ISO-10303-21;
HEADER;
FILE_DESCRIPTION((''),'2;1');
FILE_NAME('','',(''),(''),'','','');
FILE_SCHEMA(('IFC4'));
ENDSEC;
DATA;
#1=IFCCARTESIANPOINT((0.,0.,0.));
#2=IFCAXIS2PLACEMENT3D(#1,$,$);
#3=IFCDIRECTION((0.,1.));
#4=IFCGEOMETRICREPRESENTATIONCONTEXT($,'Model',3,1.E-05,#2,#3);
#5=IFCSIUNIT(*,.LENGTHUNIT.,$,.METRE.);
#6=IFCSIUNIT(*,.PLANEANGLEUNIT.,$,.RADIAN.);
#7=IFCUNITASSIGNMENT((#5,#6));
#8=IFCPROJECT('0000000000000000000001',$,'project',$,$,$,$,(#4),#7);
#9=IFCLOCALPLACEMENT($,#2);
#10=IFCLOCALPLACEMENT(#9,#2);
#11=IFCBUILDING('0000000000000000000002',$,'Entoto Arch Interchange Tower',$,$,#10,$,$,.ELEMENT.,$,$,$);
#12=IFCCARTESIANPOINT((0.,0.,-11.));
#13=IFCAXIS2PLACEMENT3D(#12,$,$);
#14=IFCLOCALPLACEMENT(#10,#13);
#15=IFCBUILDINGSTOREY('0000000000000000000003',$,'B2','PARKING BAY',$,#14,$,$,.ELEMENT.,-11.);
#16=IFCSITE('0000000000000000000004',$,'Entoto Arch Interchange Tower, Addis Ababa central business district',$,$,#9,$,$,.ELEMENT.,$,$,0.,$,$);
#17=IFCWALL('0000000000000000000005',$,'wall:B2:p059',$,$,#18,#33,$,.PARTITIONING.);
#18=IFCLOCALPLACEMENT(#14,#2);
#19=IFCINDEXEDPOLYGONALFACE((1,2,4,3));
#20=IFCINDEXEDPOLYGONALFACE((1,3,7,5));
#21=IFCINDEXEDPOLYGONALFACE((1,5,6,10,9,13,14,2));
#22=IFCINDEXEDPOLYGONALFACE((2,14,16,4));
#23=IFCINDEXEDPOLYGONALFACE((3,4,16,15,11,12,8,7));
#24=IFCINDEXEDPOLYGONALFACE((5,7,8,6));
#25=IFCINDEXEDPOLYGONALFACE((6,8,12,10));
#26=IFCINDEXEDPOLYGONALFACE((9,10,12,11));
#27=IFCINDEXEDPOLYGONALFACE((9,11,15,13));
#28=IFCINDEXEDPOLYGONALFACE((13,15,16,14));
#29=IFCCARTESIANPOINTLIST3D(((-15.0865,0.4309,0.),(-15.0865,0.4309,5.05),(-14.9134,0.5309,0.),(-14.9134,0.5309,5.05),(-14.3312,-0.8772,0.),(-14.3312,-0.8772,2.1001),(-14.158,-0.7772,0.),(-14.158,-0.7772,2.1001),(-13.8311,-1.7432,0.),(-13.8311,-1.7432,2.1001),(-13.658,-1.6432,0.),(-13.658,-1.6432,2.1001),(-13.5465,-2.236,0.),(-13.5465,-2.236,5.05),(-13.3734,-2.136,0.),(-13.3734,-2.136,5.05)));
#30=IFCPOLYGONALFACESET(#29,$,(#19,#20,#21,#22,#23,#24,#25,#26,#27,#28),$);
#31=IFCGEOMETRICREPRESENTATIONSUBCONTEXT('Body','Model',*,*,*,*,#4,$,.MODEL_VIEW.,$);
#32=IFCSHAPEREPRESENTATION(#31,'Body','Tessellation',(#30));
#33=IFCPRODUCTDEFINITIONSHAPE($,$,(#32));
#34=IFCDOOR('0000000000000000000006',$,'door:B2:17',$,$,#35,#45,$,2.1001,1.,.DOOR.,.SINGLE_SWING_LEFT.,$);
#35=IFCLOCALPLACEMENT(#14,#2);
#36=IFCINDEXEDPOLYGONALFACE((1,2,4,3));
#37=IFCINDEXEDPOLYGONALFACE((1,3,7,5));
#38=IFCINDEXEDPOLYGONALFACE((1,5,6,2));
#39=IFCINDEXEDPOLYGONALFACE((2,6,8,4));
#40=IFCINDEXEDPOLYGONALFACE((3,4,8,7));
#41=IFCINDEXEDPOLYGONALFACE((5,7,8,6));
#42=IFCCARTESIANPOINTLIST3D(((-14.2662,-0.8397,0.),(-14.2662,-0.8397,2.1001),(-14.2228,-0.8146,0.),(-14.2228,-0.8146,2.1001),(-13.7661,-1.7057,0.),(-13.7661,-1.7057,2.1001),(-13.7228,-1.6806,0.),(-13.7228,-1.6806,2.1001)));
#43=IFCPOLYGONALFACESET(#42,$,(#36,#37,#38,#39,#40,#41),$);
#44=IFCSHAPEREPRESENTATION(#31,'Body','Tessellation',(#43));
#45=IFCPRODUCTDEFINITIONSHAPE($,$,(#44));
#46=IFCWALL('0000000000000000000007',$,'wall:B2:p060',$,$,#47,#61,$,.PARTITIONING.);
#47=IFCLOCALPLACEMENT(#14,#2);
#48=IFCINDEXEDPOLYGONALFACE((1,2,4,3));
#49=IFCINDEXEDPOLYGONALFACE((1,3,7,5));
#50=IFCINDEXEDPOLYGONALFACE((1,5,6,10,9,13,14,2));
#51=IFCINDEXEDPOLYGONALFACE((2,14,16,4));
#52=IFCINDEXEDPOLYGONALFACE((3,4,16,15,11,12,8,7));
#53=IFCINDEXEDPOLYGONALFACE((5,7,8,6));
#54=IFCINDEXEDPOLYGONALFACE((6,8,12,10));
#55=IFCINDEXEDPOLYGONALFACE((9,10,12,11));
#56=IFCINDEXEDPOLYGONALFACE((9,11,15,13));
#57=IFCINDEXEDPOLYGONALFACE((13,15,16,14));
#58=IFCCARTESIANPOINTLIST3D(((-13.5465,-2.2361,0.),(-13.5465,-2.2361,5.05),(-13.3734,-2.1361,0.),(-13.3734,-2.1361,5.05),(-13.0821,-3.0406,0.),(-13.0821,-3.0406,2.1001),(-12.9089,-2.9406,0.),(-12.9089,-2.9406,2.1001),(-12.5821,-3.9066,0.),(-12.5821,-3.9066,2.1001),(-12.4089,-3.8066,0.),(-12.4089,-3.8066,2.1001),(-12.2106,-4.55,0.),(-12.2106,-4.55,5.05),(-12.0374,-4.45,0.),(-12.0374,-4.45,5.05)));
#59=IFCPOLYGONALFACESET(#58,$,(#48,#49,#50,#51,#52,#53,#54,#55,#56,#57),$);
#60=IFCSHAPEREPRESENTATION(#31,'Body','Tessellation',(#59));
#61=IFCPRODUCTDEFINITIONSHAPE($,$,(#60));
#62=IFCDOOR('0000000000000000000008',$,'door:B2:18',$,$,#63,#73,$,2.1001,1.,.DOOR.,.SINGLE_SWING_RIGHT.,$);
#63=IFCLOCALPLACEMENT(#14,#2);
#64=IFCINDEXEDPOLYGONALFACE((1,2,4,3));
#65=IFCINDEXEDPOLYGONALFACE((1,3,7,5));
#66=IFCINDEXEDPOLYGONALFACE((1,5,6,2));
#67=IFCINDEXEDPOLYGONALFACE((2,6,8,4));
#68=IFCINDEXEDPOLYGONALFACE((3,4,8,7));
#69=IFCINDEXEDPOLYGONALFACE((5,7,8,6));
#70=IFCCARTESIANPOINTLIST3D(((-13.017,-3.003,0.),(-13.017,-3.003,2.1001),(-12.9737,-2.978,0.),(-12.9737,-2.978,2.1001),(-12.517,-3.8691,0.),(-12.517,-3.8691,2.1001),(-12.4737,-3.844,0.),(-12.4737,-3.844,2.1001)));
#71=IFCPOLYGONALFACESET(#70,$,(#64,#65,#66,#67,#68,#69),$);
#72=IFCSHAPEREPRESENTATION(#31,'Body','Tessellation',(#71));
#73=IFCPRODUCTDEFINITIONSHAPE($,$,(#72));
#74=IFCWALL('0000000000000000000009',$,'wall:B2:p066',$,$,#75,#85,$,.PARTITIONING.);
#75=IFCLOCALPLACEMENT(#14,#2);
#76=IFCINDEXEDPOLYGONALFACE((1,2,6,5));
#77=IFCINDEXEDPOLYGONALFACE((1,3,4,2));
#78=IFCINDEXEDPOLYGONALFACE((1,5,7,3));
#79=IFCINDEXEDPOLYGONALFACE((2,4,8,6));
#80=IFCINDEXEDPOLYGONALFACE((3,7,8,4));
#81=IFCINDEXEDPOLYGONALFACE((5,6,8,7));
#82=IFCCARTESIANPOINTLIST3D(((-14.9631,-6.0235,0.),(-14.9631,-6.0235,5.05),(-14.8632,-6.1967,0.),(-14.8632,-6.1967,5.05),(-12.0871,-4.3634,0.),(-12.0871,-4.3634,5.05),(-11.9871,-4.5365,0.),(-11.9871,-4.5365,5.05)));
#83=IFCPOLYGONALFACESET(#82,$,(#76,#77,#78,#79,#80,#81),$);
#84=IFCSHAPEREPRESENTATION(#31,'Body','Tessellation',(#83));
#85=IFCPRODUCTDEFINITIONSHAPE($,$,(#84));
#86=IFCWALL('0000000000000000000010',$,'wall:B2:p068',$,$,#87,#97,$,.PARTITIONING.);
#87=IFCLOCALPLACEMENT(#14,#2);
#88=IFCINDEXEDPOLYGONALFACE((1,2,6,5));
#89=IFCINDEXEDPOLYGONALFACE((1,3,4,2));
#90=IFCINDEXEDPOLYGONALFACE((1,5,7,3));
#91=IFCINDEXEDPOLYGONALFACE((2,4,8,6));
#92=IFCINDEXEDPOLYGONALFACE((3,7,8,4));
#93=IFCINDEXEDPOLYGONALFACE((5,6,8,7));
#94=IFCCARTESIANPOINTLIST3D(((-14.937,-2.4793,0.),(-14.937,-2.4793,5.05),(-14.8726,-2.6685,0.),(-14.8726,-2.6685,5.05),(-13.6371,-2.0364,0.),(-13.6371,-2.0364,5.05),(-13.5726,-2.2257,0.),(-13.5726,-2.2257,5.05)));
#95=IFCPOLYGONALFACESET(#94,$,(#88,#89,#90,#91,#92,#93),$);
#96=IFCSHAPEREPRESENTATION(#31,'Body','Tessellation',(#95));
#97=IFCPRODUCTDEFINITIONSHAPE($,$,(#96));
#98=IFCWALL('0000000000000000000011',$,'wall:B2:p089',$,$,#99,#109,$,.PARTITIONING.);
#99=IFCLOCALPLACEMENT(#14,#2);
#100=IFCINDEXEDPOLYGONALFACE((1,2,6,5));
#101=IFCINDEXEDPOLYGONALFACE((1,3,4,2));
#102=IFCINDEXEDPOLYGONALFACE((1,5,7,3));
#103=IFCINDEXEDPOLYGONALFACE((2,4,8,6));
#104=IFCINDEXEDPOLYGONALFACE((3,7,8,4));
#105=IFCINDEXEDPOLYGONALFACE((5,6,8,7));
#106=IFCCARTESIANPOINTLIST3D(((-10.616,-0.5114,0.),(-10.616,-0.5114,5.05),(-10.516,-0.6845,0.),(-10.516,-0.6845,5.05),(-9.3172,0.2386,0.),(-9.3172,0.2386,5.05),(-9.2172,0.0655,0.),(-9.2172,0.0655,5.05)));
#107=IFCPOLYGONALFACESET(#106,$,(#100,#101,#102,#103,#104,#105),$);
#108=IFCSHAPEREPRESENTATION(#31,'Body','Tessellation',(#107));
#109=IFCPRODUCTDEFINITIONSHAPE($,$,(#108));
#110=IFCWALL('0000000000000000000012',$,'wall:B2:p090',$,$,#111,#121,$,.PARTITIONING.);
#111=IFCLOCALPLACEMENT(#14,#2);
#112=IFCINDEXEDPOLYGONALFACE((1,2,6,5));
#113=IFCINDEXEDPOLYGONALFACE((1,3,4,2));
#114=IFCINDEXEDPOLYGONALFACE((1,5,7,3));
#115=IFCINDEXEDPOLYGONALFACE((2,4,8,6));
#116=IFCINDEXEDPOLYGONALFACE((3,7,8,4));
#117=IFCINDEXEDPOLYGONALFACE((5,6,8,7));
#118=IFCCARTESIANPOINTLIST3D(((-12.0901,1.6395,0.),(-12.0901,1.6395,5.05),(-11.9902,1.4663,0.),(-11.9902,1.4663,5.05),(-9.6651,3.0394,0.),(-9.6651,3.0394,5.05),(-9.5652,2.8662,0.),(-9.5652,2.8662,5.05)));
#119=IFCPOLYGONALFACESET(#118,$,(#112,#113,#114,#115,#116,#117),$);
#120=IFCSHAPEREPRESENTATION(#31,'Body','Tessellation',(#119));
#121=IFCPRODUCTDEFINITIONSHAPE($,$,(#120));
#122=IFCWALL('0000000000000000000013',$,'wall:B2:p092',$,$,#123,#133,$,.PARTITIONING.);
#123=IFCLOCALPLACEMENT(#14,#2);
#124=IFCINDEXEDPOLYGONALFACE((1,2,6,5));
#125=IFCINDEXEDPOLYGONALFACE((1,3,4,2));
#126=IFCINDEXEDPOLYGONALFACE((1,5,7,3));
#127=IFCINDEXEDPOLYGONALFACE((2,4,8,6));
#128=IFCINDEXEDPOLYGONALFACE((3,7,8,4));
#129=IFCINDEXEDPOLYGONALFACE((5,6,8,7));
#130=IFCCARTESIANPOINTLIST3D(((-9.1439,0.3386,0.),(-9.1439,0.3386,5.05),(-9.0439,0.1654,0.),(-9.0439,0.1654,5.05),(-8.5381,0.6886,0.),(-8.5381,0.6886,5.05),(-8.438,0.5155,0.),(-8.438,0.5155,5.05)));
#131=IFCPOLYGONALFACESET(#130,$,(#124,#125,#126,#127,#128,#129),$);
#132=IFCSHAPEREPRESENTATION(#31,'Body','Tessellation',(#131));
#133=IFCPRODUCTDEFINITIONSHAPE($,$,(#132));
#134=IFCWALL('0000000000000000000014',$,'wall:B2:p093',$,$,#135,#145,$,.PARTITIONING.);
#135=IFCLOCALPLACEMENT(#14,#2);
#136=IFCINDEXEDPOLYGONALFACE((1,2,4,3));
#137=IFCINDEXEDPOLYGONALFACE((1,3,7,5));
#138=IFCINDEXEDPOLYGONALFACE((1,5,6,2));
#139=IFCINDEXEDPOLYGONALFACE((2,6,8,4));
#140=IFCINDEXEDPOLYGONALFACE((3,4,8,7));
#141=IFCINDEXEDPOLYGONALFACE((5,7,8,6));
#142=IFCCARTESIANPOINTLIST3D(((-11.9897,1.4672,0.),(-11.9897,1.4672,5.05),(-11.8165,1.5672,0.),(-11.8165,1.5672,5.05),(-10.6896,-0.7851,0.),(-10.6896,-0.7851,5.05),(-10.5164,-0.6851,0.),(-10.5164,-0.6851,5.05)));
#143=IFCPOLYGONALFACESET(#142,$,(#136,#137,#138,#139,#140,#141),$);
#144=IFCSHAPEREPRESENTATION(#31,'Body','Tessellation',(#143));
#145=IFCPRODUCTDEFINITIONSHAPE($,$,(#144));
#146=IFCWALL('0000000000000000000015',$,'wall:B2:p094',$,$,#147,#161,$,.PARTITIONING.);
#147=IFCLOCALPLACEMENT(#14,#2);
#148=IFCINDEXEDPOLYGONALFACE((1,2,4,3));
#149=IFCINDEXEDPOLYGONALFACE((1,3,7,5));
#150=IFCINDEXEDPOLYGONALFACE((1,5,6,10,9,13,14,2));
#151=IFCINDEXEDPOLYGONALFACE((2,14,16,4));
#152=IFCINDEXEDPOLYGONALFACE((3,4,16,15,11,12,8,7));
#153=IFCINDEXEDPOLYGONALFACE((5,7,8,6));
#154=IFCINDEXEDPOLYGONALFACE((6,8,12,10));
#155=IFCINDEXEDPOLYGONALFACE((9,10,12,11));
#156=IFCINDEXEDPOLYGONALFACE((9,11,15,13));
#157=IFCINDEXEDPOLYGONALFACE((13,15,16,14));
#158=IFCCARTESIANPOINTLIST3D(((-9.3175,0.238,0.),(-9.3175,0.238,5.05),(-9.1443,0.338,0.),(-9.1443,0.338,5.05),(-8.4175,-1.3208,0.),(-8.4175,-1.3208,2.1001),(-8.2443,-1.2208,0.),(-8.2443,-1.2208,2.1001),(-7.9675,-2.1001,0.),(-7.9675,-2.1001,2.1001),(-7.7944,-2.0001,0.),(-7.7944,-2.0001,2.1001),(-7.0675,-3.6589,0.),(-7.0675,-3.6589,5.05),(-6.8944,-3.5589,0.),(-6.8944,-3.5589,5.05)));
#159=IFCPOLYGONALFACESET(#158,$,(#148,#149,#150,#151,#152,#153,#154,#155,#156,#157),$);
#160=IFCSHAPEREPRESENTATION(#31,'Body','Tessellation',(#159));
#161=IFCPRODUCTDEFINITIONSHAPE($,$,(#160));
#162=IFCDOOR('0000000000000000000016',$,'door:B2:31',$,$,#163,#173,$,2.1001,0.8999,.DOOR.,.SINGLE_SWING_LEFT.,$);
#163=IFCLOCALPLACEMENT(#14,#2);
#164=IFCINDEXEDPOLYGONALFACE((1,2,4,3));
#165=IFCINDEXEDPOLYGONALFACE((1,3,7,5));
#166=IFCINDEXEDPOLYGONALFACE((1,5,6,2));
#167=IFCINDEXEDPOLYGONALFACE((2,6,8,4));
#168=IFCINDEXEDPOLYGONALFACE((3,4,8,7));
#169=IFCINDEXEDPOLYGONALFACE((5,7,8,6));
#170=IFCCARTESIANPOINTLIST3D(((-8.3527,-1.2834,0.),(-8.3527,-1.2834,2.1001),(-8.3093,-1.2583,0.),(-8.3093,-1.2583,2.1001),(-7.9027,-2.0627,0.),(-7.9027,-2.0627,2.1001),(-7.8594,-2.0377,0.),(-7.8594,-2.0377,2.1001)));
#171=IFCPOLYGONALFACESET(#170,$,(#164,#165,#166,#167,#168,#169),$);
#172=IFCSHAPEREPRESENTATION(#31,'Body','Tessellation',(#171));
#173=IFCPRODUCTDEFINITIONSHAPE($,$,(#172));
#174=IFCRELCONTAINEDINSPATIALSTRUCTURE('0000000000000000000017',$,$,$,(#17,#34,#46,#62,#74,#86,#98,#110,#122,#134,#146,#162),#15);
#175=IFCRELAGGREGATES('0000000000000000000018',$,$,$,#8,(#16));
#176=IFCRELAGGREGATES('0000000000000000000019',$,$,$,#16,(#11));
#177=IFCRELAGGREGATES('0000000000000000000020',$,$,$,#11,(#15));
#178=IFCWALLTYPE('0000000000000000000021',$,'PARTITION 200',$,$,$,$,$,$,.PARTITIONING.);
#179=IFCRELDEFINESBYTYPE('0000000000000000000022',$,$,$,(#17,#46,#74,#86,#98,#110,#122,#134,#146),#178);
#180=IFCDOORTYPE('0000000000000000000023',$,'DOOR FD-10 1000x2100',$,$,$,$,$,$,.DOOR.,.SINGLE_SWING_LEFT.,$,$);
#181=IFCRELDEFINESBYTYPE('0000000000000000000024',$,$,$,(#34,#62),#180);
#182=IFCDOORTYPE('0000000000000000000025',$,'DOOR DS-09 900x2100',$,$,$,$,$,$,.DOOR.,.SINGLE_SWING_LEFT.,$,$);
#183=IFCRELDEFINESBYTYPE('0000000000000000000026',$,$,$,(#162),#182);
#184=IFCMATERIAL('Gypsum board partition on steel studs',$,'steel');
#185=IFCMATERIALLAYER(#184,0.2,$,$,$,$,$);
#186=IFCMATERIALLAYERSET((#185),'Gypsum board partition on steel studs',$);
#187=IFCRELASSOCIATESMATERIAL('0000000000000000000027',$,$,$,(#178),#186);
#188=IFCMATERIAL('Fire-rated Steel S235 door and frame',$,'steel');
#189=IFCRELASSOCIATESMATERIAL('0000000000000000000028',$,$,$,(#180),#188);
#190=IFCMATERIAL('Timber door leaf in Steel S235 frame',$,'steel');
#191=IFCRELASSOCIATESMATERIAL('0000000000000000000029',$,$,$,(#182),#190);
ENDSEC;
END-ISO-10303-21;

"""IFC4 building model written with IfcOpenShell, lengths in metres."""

from ifc_helpers import new_model, si_unit, direction, frame, frame_2d, origin, place, context, subcontext, project, spatial, rectangle, extrude, material, layer, layer_set, type_object, element, fill, save


model = new_model("IFC4")

# Units and contexts
model_context = context("Model", 3, precision=1e-05, world=origin(), true_north=direction((0.0, 1.0)))
body_context = subcontext(model_context, "Body", "Model", "MODEL_VIEW")
ifc_project = project(units=[si_unit("LENGTHUNIT", "METRE"), si_unit("PLANEANGLEUNIT", "RADIAN")], contexts=[model_context])

# Site, building, storey
site_placement = place(None, origin())
site = spatial("IfcSite", under=ifc_project, at=site_placement, Name="Entoto Arch Interchange Tower, Addis Ababa central business district", CompositionType="ELEMENT", RefElevation=0.0)
building_placement = place(site_placement, origin())
building = spatial("IfcBuilding", under=site, at=building_placement, Name="Entoto Arch Interchange Tower", CompositionType="ELEMENT")
storey_placement = place(building_placement, frame((0.0, 0.0, -11.0)))
storey = spatial("IfcBuildingStorey", under=building, at=storey_placement, Name="B2", Description="PARKING BAY", CompositionType="ELEMENT", Elevation=-11.0)

# Shared definitions
ifc_material_1 = material(Name="Gypsum board partition on steel studs", Category="steel")
ifc_layer_1 = layer(ifc_material_1, 0.2)
ifc_layer_set_1 = layer_set([ifc_layer_1], Name="Gypsum board partition on steel studs")
wall_type_1 = type_object("IfcWallType", Name="PARTITION 200", PredefinedType="PARTITIONING", material=ifc_layer_set_1)

# Shared definitions
ifc_material_2 = material(Name="Fire-rated Steel S235 door and frame", Category="steel")
door_type_1 = type_object("IfcDoorType", Name="DOOR FD-10 1000x2100", OperationType="SINGLE_SWING_LEFT", PredefinedType="DOOR", material=ifc_material_2)

# Walls, openings, doors
wall_1_placement = place(storey_placement, frame((-13.46, -2.186, 0.0), z_axis=(0.0, 0.0, 1.0), x_axis=(-0.500061, 0.86599, 0.0)))
wall_1 = element("IfcWall", 1, at=wall_1_placement, inside=storey, type_object=wall_type_1, Name="wall:B2:p059", PredefinedType="PARTITIONING", context=body_context, shape_type="SweptSolid", body=[
    extrude(rectangle(XDim=3.0796, YDim=0.2, at=frame_2d((1.5398, 0.0))), origin(), (0.0, 0.0, 1.0), 5.05),
])
opening_1_placement = place(wall_1_placement, frame((0.5691, 0.0, 0.0)))
opening_1 = element("IfcOpeningElement", 2, at=opening_1_placement, cuts=wall_1, PredefinedType="OPENING", context=body_context, shape_type="SweptSolid", body=[
    extrude(rectangle(XDim=1.0, YDim=2.1001, at=frame_2d((0.5, 1.05))), frame((0.0, 0.1099, 0.0), z_axis=(0.0, -1.0, 0.0), x_axis=(1.0, 0.0, 0.0)), (0.0, 0.0, 1.0), 0.22),
])
door_1_placement = place(opening_1_placement, origin())
door_1 = element("IfcDoor", 3, at=door_1_placement, inside=storey, type_object=door_type_1, Name="door:B2:17", OperationType="SINGLE_SWING_LEFT", OverallHeight=2.1001, OverallWidth=1.0, PredefinedType="DOOR", context=body_context, shape_type="SweptSolid", body=[
    extrude(rectangle(XDim=1.0, YDim=2.1001, at=frame_2d((0.5, 1.05))), frame((0.0, 0.0249, 0.0), z_axis=(0.0, -1.0, 0.0), x_axis=(1.0, 0.0, 0.0)), (0.0, 0.0, 1.0), 0.05),
])
fill(opening_1, door_1)
wall_2_placement = place(storey_placement, frame((-12.124, -4.5, 0.0), z_axis=(0.0, 0.0, 1.0), x_axis=(-0.499991, 0.86603, 0.0)))
wall_2 = element("IfcWall", 4, at=wall_2_placement, inside=storey, type_object=wall_type_1, Name="wall:B2:p060", PredefinedType="PARTITIONING", context=body_context, shape_type="SweptSolid", body=[
    extrude(rectangle(XDim=2.6719, YDim=0.2, at=frame_2d((1.3359, 0.0))), origin(), (0.0, 0.0, 1.0), 5.05),
])
opening_2_placement = place(wall_2_placement, frame((0.7429, 0.0, 0.0)))
opening_2 = element("IfcOpeningElement", 5, at=opening_2_placement, cuts=wall_2, PredefinedType="OPENING", context=body_context, shape_type="SweptSolid", body=[
    extrude(rectangle(XDim=1.0, YDim=2.1001, at=frame_2d((0.5, 1.05))), frame((0.0, 0.1099, 0.0), z_axis=(0.0, -1.0, 0.0), x_axis=(1.0, 0.0, 0.0)), (0.0, 0.0, 1.0), 0.22),
])
door_2_placement = place(opening_2_placement, origin())
door_2 = element("IfcDoor", 6, at=door_2_placement, inside=storey, type_object=door_type_1, Name="door:B2:18", OperationType="SINGLE_SWING_RIGHT", OverallHeight=2.1001, OverallWidth=1.0, PredefinedType="DOOR", context=body_context, shape_type="SweptSolid", body=[
    extrude(rectangle(XDim=1.0, YDim=2.1001, at=frame_2d((0.5, 1.05))), frame((0.0, 0.0249, 0.0), z_axis=(0.0, -1.0, 0.0), x_axis=(1.0, 0.0, 0.0)), (0.0, 0.0, 1.0), 0.05),
])
fill(opening_2, door_2)

# Walls
wall_3_placement = place(storey_placement, frame((-12.0371, -4.45, 0.0), z_axis=(0.0, 0.0, 1.0), x_axis=(-0.866063, -0.499935, 0.0)))
element("IfcWall", 7, at=wall_3_placement, inside=storey, type_object=wall_type_1, Name="wall:B2:p066", PredefinedType="PARTITIONING", context=body_context, shape_type="SweptSolid", body=[
    extrude(rectangle(XDim=3.3208, YDim=0.2, at=frame_2d((1.6604, 0.0))), origin(), (0.0, 0.0, 1.0), 5.05),
])
wall_4_placement = place(storey_placement, frame((-13.605, -2.1311, 0.0), z_axis=(0.0, 0.0, 1.0), x_axis=(-0.946583, -0.32246, 0.0)))
element("IfcWall", 8, at=wall_4_placement, inside=storey, type_object=wall_type_1, Name="wall:B2:p068", PredefinedType="PARTITIONING", context=body_context, shape_type="SweptSolid", body=[
    extrude(rectangle(XDim=1.3733, YDim=0.2, at=frame_2d((0.6865, 0.0))), origin(), (0.0, 0.0, 1.0), 5.05),
])
wall_5_placement = place(storey_placement, frame((-9.2671, 0.1521, 0.0), z_axis=(0.0, 0.0, 1.0), x_axis=(-0.86599, -0.500061, 0.0)))
element("IfcWall", 9, at=wall_5_placement, inside=storey, type_object=wall_type_1, Name="wall:B2:p089", PredefinedType="PARTITIONING", context=body_context, shape_type="SweptSolid", body=[
    extrude(rectangle(XDim=1.4998, YDim=0.2, at=frame_2d((0.75, 0.0))), origin(), (0.0, 0.0, 1.0), 5.05),
])
wall_6_placement = place(storey_placement, frame((-12.04, 1.553, 0.0), z_axis=(0.0, 0.0, 1.0), x_axis=(0.866056, 0.499946, 0.0)))
element("IfcWall", 10, at=wall_6_placement, inside=storey, type_object=wall_type_1, Name="wall:B2:p090", PredefinedType="PARTITIONING", context=body_context, shape_type="SweptSolid", body=[
    extrude(rectangle(XDim=2.8, YDim=0.2, at=frame_2d((1.3999, 0.0))), origin(), (0.0, 0.0, 1.0), 5.05),
])
wall_7_placement = place(storey_placement, frame((-8.488, 0.6021, 0.0), z_axis=(0.0, 0.0, 1.0), x_axis=(-0.865872, -0.500266, 0.0)))
element("IfcWall", 11, at=wall_7_placement, inside=storey, type_object=wall_type_1, Name="wall:B2:p092", PredefinedType="PARTITIONING", context=body_context, shape_type="SweptSolid", body=[
    extrude(rectangle(XDim=0.6997, YDim=0.2, at=frame_2d((0.3499, 0.0))), origin(), (0.0, 0.0, 1.0), 5.05),
])
wall_8_placement = place(storey_placement, frame((-10.603, -0.7351, 0.0), z_axis=(0.0, 0.0, 1.0), x_axis=(-0.499926, 0.866068, 0.0)))
element("IfcWall", 12, at=wall_8_placement, inside=storey, type_object=wall_type_1, Name="wall:B2:p093", PredefinedType="PARTITIONING", context=body_context, shape_type="SweptSolid", body=[
    extrude(rectangle(XDim=2.6006, YDim=0.2, at=frame_2d((1.3003, 0.0))), origin(), (0.0, 0.0, 1.0), 5.05),
])

# Wall, opening, door
wall_9_placement = place(storey_placement, frame((-9.231, 0.2881, 0.0), z_axis=(0.0, 0.0, 1.0), x_axis=(0.500014, -0.866018, 0.0)))
wall_9 = element("IfcWall", 13, at=wall_9_placement, inside=storey, type_object=wall_type_1, Name="wall:B2:p094", PredefinedType="PARTITIONING", context=body_context, shape_type="SweptSolid", body=[
    extrude(rectangle(XDim=4.4998, YDim=0.2, at=frame_2d((2.25, 0.0))), origin(), (0.0, 0.0, 1.0), 5.05),
])
opening_3_placement = place(wall_9_placement, frame((1.8, 0.0, 0.0)))
opening_3 = element("IfcOpeningElement", 14, at=opening_3_placement, cuts=wall_9, PredefinedType="OPENING", context=body_context, shape_type="SweptSolid", body=[
    extrude(rectangle(XDim=0.8999, YDim=2.1001, at=frame_2d((0.45, 1.05))), frame((0.0, 0.1099, 0.0), z_axis=(0.0, -1.0, 0.0), x_axis=(1.0, 0.0, 0.0)), (0.0, 0.0, 1.0), 0.22),
])
ifc_material_3 = material(Name="Timber door leaf in Steel S235 frame", Category="steel")
door_type_2 = type_object("IfcDoorType", Name="DOOR DS-09 900x2100", OperationType="SINGLE_SWING_LEFT", PredefinedType="DOOR", material=ifc_material_3)
door_3_placement = place(opening_3_placement, origin())
door_3 = element("IfcDoor", 15, at=door_3_placement, inside=storey, type_object=door_type_2, Name="door:B2:31", OperationType="SINGLE_SWING_LEFT", OverallHeight=2.1001, OverallWidth=0.8999, PredefinedType="DOOR", context=body_context, shape_type="SweptSolid", body=[
    extrude(rectangle(XDim=0.8999, YDim=2.1001, at=frame_2d((0.45, 1.05))), frame((0.0, 0.0249, 0.0), z_axis=(0.0, -1.0, 0.0), x_axis=(1.0, 0.0, 0.0)), (0.0, 0.0, 1.0), 0.05),
])
fill(opening_3, door_3)

save(model, "model.ifc")
